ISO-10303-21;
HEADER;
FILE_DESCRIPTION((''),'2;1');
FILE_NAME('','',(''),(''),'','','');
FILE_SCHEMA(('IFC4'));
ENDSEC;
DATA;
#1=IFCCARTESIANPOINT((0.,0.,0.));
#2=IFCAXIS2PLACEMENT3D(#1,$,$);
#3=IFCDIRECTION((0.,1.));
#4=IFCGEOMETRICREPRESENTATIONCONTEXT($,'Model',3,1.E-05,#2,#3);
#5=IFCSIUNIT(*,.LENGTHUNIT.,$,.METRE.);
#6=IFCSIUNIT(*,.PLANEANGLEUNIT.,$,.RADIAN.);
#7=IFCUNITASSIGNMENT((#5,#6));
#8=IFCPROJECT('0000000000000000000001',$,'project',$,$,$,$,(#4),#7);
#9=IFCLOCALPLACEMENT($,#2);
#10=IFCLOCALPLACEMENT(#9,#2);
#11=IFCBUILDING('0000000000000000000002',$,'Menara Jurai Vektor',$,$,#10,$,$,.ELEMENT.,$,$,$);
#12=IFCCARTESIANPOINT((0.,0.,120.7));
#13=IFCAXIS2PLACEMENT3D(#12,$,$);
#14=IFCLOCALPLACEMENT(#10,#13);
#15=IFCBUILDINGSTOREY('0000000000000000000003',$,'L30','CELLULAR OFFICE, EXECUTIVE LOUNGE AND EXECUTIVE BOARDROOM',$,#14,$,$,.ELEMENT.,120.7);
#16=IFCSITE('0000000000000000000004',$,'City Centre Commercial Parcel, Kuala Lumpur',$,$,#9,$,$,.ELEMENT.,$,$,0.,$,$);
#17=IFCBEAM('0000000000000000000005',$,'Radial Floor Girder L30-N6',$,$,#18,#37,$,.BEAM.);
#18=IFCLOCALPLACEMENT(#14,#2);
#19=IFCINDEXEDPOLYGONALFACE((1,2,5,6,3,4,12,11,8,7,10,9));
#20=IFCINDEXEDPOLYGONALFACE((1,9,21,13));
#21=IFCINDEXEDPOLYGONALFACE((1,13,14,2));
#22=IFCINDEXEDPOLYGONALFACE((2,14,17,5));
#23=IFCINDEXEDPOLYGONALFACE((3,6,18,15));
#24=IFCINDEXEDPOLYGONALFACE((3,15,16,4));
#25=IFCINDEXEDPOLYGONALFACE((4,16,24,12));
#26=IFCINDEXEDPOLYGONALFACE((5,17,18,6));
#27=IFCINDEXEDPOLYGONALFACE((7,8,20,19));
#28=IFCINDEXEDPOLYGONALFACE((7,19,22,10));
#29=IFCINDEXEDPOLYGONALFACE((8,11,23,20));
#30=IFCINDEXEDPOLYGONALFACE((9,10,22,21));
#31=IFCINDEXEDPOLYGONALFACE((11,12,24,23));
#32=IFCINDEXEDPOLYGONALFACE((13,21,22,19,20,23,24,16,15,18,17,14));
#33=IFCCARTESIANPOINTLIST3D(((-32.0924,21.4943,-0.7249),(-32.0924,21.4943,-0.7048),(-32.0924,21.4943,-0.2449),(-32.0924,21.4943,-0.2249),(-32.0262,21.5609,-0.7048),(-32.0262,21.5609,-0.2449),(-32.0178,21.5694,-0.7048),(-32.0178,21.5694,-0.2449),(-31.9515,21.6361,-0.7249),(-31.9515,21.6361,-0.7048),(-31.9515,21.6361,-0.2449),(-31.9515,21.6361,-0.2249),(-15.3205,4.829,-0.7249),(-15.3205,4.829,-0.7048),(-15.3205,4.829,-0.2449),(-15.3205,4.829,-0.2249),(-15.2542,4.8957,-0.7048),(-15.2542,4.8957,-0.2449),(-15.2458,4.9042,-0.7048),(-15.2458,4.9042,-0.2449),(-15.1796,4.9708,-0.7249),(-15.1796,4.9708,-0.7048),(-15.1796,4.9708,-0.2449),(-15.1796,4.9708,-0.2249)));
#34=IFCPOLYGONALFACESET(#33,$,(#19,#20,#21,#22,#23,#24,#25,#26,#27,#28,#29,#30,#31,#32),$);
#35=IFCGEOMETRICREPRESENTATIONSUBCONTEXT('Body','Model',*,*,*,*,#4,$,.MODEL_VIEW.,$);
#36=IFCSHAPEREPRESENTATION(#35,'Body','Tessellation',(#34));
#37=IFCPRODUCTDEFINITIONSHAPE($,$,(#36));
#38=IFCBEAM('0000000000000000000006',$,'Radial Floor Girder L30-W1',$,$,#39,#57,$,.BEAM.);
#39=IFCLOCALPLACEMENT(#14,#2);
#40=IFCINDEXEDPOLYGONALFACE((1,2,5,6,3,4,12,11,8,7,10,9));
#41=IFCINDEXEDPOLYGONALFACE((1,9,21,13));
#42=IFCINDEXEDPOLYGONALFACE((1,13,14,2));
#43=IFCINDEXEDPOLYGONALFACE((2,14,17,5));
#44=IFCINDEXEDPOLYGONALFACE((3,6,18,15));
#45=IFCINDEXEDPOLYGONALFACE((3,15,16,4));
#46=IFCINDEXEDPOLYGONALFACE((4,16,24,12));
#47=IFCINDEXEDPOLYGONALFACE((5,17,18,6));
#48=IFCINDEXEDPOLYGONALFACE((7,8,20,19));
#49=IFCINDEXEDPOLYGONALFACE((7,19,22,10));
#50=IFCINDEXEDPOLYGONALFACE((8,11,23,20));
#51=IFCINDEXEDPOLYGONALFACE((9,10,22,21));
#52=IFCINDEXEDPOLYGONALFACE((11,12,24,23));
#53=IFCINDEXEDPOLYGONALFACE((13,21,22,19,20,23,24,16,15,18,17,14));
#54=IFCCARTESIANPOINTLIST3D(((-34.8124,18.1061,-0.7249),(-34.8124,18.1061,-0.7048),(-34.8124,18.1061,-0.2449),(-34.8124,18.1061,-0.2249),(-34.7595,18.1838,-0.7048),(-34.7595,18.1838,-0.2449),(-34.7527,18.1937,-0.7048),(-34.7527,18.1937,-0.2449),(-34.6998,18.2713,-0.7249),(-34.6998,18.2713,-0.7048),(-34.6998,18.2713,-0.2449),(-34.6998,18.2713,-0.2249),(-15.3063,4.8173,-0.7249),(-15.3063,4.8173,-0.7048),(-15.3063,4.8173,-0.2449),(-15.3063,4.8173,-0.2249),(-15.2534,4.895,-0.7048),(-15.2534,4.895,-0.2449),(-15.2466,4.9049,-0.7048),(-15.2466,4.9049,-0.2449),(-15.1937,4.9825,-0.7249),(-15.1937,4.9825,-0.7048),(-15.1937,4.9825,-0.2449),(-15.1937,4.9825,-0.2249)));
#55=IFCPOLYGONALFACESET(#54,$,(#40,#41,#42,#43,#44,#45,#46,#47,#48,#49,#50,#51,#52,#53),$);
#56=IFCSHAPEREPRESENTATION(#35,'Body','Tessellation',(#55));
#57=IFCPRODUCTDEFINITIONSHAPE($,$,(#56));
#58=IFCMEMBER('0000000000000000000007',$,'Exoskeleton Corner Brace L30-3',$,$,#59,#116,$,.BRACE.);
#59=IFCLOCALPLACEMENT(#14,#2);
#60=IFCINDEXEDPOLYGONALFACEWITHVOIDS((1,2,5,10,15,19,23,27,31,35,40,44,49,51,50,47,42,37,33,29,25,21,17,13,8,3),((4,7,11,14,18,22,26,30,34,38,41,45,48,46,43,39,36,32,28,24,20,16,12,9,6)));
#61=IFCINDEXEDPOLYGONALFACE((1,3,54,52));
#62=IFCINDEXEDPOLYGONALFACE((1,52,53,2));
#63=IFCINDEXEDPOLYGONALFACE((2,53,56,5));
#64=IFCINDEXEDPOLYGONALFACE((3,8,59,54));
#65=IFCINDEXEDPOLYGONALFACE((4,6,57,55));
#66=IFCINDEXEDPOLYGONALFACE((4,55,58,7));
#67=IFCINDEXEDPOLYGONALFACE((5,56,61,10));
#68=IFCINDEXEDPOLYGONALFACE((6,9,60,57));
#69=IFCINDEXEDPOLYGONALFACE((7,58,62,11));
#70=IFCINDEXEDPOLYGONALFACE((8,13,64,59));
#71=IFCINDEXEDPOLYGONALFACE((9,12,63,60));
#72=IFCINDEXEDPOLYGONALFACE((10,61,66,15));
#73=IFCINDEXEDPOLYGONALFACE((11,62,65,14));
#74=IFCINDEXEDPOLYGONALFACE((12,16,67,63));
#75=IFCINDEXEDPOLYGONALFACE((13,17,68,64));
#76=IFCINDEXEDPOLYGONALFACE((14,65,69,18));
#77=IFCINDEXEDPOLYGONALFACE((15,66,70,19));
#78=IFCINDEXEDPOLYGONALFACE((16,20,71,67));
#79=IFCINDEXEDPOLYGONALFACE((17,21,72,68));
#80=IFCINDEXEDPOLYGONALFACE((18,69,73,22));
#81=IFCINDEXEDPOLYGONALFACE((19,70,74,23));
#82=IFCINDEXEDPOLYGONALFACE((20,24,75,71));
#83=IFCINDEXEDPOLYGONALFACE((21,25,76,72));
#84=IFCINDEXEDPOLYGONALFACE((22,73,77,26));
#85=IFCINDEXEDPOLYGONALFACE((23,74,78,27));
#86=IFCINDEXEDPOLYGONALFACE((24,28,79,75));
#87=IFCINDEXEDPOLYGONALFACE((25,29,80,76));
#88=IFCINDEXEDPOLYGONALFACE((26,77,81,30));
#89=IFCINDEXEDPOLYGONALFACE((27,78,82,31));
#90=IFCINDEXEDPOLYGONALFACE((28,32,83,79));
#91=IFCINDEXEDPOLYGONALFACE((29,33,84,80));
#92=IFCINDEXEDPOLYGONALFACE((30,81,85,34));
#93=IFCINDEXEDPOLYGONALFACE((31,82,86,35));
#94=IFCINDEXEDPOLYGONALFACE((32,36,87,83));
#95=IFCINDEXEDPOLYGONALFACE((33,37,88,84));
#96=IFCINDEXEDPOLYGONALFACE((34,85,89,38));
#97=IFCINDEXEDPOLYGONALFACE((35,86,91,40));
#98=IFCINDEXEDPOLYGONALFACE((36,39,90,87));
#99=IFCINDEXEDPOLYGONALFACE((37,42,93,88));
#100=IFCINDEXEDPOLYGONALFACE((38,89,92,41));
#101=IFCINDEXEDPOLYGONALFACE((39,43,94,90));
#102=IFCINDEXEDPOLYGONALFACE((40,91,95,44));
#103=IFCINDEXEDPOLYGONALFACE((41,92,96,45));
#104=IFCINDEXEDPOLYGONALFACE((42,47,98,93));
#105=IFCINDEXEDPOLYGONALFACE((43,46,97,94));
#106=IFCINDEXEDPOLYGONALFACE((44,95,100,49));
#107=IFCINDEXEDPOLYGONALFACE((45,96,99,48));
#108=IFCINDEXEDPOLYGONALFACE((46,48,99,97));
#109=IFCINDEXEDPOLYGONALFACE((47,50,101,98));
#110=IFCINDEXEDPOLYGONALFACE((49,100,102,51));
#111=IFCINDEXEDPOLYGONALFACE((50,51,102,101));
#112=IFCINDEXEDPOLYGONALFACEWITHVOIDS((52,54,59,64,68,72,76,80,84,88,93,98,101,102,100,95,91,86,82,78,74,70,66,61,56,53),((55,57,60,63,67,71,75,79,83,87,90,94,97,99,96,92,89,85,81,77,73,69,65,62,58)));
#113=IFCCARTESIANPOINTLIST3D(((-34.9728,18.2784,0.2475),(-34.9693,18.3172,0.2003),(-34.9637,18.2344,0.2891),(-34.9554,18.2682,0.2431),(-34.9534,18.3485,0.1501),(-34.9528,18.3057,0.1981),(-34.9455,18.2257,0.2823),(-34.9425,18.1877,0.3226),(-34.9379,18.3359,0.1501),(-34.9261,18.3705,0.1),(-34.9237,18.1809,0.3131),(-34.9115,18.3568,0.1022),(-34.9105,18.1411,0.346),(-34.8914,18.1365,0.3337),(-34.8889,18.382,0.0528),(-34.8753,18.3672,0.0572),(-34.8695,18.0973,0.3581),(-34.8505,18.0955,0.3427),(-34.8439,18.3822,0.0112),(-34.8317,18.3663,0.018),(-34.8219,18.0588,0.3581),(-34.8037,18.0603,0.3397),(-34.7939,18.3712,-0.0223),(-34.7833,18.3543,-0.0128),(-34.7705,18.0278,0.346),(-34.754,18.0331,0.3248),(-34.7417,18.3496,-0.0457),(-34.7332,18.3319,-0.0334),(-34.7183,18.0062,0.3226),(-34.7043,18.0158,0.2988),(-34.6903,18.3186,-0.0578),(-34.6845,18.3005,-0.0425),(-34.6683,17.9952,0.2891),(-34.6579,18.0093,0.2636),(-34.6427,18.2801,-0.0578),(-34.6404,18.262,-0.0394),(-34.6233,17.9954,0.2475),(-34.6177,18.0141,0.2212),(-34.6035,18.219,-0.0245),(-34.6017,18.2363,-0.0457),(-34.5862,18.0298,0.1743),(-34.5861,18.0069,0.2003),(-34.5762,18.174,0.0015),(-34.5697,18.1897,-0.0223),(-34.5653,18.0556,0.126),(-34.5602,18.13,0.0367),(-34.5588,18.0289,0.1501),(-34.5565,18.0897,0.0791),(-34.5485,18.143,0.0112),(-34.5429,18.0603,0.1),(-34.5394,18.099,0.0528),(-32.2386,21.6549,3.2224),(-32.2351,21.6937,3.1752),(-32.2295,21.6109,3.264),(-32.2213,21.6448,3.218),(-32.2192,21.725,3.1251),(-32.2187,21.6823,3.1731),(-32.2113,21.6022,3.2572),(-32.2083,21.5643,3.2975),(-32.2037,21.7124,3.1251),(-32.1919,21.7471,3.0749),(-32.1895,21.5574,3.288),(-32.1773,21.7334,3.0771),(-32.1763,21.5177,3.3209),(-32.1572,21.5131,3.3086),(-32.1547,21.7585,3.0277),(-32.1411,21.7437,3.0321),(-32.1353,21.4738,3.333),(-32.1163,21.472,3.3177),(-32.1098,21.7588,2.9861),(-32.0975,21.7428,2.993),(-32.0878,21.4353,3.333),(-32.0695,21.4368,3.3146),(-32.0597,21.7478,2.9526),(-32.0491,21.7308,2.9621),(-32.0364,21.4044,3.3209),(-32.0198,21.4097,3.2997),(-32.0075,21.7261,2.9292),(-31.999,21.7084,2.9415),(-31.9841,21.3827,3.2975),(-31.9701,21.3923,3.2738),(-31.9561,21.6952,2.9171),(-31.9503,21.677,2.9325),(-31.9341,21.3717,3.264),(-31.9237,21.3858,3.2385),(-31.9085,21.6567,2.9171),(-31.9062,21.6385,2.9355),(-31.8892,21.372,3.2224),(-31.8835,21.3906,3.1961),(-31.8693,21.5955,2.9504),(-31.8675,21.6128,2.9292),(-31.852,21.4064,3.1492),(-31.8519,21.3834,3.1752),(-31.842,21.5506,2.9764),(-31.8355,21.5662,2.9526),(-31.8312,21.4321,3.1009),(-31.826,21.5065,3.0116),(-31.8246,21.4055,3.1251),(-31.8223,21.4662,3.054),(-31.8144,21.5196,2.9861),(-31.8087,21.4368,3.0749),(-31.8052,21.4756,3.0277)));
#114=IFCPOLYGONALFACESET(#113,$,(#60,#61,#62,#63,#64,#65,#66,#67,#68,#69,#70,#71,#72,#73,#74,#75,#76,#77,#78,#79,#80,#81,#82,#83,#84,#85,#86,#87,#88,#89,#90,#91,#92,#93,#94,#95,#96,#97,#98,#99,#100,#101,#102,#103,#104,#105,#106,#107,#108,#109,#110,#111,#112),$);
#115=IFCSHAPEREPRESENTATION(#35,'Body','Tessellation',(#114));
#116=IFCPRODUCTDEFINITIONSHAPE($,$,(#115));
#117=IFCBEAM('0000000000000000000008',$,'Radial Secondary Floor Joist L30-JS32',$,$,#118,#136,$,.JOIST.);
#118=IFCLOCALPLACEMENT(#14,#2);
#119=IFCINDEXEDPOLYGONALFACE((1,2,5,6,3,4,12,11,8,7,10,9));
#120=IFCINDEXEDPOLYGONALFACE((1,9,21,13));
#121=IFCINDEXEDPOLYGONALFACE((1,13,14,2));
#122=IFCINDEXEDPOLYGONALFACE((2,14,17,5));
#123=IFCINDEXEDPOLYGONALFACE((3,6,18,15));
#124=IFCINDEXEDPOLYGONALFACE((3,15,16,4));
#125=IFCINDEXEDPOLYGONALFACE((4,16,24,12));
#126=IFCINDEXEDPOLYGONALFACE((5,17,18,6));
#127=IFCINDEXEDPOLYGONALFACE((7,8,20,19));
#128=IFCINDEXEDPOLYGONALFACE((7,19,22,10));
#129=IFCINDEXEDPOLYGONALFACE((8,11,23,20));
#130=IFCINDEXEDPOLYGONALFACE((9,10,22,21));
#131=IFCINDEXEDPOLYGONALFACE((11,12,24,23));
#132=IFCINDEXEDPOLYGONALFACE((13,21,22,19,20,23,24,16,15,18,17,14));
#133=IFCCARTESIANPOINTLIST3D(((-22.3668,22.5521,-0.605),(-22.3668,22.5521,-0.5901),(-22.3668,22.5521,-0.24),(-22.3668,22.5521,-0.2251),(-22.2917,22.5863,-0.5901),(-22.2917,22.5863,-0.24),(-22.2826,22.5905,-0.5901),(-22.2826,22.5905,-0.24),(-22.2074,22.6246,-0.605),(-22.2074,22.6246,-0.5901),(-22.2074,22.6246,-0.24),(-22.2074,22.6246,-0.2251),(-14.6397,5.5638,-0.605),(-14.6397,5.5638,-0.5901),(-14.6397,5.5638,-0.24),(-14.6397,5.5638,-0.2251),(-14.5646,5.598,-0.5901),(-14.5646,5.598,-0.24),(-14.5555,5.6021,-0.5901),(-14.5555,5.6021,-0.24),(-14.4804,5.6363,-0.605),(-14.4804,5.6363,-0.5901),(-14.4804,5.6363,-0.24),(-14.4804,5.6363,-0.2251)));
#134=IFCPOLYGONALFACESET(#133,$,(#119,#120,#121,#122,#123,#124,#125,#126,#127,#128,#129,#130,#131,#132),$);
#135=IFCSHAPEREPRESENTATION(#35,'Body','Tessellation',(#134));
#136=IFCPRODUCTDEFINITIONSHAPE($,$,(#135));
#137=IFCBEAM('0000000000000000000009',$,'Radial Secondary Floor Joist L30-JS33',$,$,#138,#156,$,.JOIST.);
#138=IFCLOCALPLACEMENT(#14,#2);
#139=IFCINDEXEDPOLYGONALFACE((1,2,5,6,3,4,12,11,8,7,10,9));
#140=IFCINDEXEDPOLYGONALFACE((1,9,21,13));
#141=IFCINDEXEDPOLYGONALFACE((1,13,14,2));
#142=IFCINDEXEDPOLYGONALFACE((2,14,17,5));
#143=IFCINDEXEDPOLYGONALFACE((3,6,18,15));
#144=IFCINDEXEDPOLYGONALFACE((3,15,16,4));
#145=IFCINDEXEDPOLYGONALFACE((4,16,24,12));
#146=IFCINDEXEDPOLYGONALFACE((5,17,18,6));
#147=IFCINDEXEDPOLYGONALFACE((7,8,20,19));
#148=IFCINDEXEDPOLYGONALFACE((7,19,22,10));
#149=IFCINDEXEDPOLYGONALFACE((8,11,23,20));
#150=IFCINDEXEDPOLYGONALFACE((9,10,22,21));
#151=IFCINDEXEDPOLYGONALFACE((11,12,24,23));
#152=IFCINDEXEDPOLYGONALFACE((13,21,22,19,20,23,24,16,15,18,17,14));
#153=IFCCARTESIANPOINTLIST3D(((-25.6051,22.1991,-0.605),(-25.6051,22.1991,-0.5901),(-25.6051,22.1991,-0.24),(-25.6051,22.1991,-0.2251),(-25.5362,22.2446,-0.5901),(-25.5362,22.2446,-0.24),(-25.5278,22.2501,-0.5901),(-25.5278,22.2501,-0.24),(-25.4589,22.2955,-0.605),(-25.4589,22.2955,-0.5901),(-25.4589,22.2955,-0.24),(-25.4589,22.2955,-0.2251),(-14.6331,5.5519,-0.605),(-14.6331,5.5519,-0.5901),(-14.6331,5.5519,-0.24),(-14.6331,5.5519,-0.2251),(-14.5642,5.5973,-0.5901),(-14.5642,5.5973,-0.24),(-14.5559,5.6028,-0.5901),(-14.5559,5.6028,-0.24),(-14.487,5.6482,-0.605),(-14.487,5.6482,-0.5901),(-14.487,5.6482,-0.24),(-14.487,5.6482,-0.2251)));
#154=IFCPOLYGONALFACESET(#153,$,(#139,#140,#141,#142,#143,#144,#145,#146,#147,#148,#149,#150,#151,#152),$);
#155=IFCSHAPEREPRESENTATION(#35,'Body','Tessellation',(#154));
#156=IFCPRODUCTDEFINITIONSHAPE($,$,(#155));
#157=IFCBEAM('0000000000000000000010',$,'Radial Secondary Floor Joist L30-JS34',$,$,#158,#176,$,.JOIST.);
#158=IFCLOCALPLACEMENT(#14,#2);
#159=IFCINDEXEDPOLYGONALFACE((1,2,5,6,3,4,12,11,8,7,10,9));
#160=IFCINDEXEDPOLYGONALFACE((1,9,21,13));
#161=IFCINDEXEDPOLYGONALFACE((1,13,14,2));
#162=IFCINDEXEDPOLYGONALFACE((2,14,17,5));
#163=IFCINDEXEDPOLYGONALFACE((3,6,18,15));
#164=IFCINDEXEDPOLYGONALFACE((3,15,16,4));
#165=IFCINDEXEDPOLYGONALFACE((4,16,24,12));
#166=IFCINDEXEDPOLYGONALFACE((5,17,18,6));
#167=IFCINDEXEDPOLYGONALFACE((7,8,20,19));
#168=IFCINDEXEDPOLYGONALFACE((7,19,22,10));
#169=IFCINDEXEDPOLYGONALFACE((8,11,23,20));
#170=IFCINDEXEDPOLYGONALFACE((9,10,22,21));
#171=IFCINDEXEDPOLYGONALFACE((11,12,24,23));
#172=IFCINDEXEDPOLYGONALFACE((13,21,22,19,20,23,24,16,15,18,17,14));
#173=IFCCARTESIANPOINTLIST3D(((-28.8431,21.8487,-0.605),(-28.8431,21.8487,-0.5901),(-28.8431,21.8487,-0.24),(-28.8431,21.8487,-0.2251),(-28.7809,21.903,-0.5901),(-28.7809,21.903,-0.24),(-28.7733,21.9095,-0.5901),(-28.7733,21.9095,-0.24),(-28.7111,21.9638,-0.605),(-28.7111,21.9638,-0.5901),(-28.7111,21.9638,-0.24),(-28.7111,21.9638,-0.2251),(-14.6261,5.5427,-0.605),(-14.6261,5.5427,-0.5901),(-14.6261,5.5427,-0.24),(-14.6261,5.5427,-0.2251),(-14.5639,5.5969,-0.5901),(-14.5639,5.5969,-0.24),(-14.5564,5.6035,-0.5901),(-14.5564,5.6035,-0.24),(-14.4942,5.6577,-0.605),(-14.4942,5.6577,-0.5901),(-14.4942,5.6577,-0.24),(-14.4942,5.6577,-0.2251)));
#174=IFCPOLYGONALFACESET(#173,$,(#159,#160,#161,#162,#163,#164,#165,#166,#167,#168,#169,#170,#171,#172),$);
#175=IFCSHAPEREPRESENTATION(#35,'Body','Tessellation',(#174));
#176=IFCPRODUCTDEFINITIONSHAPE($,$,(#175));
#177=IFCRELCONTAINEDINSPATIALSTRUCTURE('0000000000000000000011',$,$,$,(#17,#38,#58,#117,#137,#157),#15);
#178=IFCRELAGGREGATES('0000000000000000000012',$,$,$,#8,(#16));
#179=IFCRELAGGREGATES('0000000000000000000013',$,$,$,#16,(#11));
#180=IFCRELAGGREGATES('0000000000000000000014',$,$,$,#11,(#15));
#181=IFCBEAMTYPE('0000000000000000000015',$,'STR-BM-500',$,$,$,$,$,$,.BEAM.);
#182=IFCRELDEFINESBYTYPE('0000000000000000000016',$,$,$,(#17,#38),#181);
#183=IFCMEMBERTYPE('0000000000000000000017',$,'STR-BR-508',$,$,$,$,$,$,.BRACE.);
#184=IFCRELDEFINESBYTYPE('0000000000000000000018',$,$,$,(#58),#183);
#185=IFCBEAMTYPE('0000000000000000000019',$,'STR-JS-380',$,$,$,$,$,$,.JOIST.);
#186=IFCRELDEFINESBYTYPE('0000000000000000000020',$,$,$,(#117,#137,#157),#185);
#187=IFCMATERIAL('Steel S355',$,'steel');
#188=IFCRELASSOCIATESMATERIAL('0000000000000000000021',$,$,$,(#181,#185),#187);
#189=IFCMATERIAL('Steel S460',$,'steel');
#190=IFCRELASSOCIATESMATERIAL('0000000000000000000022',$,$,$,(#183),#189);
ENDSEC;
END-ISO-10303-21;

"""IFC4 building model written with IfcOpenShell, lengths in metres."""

from ifc_helpers import new_model, si_unit, direction, frame, origin, origin_2d, place, context, subcontext, project, spatial, hollow_circle, i_section, extrude, material, material_profile, profile_set, type_object, element, save


model = new_model("IFC4")

# Units and contexts
model_context = context("Model", 3, precision=1e-05, world=origin(), true_north=direction((0.0, 1.0)))
body_context = subcontext(model_context, "Body", "Model", "MODEL_VIEW")
ifc_project = project(units=[si_unit("LENGTHUNIT", "METRE"), si_unit("PLANEANGLEUNIT", "RADIAN")], contexts=[model_context])

# Site, building, storey
site_placement = place(None, origin())
site = spatial("IfcSite", under=ifc_project, at=site_placement, Name="City Centre Commercial Parcel, Kuala Lumpur", CompositionType="ELEMENT", RefElevation=0.0)
building_placement = place(site_placement, origin())
building = spatial("IfcBuilding", under=site, at=building_placement, Name="Menara Jurai Vektor", CompositionType="ELEMENT")
storey_placement = place(building_placement, frame((0.0, 0.0, 120.7)))
storey = spatial("IfcBuildingStorey", under=building, at=storey_placement, Name="L30", Description="CELLULAR OFFICE, EXECUTIVE LOUNGE AND EXECUTIVE BOARDROOM", CompositionType="ELEMENT", Elevation=120.7)

# Shared definitions
ifc_material_1 = material(Name="Steel S460", Category="steel")

# Beams
ifc_material_2 = material(Name="Steel S355", Category="steel")
ifc_material_profile_1 = material_profile(ifc_material_2, i_section(OverallWidth=0.2, OverallDepth=0.5, WebThickness=0.012, FlangeThickness=0.02, at=origin_2d()), Name="PG 500x200x96")
ifc_profile_set_1 = profile_set([ifc_material_profile_1], Name="Steel S355")
beam_type_1 = type_object("IfcBeamType", Name="STR-BM-500", PredefinedType="BEAM", material=ifc_profile_set_1)
beam_1_placement = place(storey_placement, frame((-32.022, 21.5652, -0.4749), z_axis=(0.709359, -0.704847, 0.0), x_axis=(0.704847, 0.709359, 0.0)))
element("IfcBeam", 1, at=beam_1_placement, inside=storey, type_object=beam_type_1, Name="Radial Floor Girder L30-N6", PredefinedType="BEAM", context=body_context, shape_type="SweptSolid", body=[
    extrude(i_section(OverallWidth=0.2, OverallDepth=0.5, WebThickness=0.012, FlangeThickness=0.02, at=origin_2d()), origin(), (0.0, 0.0, 1.0), 23.6438),
])
beam_2_placement = place(storey_placement, frame((-34.7561, 18.1887, -0.4749), z_axis=(0.82644, -0.563024, 0.0), x_axis=(0.563024, 0.82644, 0.0)))
element("IfcBeam", 2, at=beam_2_placement, inside=storey, type_object=beam_type_1, Name="Radial Floor Girder L30-W1", PredefinedType="BEAM", context=body_context, shape_type="SweptSolid", body=[
    extrude(i_section(OverallWidth=0.2, OverallDepth=0.5, WebThickness=0.012, FlangeThickness=0.02, at=origin_2d()), origin(), (0.0, 0.0, 1.0), 23.6025),
])

# Member
ifc_material_profile_2 = material_profile(ifc_material_1, hollow_circle(Radius=0.2539, WallThickness=0.02, at=origin_2d()), Name="CHS 508x20")
ifc_profile_set_2 = profile_set([ifc_material_profile_2], Name="Steel S460")
member_type_1 = type_object("IfcMemberType", Name="STR-BR-508", PredefinedType="BRACE", material=ifc_profile_set_2)
member_1_placement = place(storey_placement, frame((-34.7561, 18.1887, 0.1501), z_axis=(0.519251, 0.64124, 0.564968), x_axis=(-0.777155, 0.62931, 0.0)))
element("IfcMember", 3, at=member_1_placement, inside=storey, type_object=member_type_1, Name="Exoskeleton Corner Brace L30-3", PredefinedType="BRACE", context=body_context, shape_type="SweptSolid", body=[
    extrude(hollow_circle(Radius=0.2539, WallThickness=0.02, at=origin_2d()), origin(), (0.0, 0.0, 1.0), 5.2656),
])

# Beams
ifc_material_profile_3 = material_profile(ifc_material_2, i_section(OverallWidth=0.175, OverallDepth=0.3799, WebThickness=0.01, FlangeThickness=0.0149, at=origin_2d()), Name="PG 380x175x58")
ifc_profile_set_3 = profile_set([ifc_material_profile_3], Name="Steel S355")
beam_type_2 = type_object("IfcBeamType", Name="STR-JS-380", PredefinedType="JOIST", material=ifc_profile_set_3)
beam_3_placement = place(storey_placement, frame((-22.2871, 22.5884, -0.415), z_axis=(0.41403, -0.910263, 0.0), x_axis=(0.910263, 0.41403, 0.0)))
element("IfcBeam", 4, at=beam_3_placement, inside=storey, type_object=beam_type_2, Name="Radial Secondary Floor Joist L30-JS32", PredefinedType="JOIST", context=body_context, shape_type="SweptSolid", body=[
    extrude(i_section(OverallWidth=0.175, OverallDepth=0.3799, WebThickness=0.01, FlangeThickness=0.0149, at=origin_2d()), origin(), (0.0, 0.0, 1.0), 18.6631),
])
beam_4_placement = place(storey_placement, frame((-25.532, 22.2473, -0.415), z_axis=(0.55031, -0.834961, 0.0), x_axis=(0.834961, 0.55031, 0.0)))
element("IfcBeam", 5, at=beam_4_placement, inside=storey, type_object=beam_type_2, Name="Radial Secondary Floor Joist L30-JS33", PredefinedType="JOIST", context=body_context, shape_type="SweptSolid", body=[
    extrude(i_section(OverallWidth=0.175, OverallDepth=0.3799, WebThickness=0.01, FlangeThickness=0.0149, at=origin_2d()), origin(), (0.0, 0.0, 1.0), 19.9377),
])
beam_5_placement = place(storey_placement, frame((-28.7771, 21.9062, -0.415), z_axis=(0.657173, -0.75374, 0.0), x_axis=(0.75374, 0.657173, 0.0)))
element("IfcBeam", 6, at=beam_5_placement, inside=storey, type_object=beam_type_2, Name="Radial Secondary Floor Joist L30-JS34", PredefinedType="JOIST", context=body_context, shape_type="SweptSolid", body=[
    extrude(i_section(OverallWidth=0.175, OverallDepth=0.3799, WebThickness=0.01, FlangeThickness=0.0149, at=origin_2d()), origin(), (0.0, 0.0, 1.0), 21.6335),
])

save(model, "model.ifc")
